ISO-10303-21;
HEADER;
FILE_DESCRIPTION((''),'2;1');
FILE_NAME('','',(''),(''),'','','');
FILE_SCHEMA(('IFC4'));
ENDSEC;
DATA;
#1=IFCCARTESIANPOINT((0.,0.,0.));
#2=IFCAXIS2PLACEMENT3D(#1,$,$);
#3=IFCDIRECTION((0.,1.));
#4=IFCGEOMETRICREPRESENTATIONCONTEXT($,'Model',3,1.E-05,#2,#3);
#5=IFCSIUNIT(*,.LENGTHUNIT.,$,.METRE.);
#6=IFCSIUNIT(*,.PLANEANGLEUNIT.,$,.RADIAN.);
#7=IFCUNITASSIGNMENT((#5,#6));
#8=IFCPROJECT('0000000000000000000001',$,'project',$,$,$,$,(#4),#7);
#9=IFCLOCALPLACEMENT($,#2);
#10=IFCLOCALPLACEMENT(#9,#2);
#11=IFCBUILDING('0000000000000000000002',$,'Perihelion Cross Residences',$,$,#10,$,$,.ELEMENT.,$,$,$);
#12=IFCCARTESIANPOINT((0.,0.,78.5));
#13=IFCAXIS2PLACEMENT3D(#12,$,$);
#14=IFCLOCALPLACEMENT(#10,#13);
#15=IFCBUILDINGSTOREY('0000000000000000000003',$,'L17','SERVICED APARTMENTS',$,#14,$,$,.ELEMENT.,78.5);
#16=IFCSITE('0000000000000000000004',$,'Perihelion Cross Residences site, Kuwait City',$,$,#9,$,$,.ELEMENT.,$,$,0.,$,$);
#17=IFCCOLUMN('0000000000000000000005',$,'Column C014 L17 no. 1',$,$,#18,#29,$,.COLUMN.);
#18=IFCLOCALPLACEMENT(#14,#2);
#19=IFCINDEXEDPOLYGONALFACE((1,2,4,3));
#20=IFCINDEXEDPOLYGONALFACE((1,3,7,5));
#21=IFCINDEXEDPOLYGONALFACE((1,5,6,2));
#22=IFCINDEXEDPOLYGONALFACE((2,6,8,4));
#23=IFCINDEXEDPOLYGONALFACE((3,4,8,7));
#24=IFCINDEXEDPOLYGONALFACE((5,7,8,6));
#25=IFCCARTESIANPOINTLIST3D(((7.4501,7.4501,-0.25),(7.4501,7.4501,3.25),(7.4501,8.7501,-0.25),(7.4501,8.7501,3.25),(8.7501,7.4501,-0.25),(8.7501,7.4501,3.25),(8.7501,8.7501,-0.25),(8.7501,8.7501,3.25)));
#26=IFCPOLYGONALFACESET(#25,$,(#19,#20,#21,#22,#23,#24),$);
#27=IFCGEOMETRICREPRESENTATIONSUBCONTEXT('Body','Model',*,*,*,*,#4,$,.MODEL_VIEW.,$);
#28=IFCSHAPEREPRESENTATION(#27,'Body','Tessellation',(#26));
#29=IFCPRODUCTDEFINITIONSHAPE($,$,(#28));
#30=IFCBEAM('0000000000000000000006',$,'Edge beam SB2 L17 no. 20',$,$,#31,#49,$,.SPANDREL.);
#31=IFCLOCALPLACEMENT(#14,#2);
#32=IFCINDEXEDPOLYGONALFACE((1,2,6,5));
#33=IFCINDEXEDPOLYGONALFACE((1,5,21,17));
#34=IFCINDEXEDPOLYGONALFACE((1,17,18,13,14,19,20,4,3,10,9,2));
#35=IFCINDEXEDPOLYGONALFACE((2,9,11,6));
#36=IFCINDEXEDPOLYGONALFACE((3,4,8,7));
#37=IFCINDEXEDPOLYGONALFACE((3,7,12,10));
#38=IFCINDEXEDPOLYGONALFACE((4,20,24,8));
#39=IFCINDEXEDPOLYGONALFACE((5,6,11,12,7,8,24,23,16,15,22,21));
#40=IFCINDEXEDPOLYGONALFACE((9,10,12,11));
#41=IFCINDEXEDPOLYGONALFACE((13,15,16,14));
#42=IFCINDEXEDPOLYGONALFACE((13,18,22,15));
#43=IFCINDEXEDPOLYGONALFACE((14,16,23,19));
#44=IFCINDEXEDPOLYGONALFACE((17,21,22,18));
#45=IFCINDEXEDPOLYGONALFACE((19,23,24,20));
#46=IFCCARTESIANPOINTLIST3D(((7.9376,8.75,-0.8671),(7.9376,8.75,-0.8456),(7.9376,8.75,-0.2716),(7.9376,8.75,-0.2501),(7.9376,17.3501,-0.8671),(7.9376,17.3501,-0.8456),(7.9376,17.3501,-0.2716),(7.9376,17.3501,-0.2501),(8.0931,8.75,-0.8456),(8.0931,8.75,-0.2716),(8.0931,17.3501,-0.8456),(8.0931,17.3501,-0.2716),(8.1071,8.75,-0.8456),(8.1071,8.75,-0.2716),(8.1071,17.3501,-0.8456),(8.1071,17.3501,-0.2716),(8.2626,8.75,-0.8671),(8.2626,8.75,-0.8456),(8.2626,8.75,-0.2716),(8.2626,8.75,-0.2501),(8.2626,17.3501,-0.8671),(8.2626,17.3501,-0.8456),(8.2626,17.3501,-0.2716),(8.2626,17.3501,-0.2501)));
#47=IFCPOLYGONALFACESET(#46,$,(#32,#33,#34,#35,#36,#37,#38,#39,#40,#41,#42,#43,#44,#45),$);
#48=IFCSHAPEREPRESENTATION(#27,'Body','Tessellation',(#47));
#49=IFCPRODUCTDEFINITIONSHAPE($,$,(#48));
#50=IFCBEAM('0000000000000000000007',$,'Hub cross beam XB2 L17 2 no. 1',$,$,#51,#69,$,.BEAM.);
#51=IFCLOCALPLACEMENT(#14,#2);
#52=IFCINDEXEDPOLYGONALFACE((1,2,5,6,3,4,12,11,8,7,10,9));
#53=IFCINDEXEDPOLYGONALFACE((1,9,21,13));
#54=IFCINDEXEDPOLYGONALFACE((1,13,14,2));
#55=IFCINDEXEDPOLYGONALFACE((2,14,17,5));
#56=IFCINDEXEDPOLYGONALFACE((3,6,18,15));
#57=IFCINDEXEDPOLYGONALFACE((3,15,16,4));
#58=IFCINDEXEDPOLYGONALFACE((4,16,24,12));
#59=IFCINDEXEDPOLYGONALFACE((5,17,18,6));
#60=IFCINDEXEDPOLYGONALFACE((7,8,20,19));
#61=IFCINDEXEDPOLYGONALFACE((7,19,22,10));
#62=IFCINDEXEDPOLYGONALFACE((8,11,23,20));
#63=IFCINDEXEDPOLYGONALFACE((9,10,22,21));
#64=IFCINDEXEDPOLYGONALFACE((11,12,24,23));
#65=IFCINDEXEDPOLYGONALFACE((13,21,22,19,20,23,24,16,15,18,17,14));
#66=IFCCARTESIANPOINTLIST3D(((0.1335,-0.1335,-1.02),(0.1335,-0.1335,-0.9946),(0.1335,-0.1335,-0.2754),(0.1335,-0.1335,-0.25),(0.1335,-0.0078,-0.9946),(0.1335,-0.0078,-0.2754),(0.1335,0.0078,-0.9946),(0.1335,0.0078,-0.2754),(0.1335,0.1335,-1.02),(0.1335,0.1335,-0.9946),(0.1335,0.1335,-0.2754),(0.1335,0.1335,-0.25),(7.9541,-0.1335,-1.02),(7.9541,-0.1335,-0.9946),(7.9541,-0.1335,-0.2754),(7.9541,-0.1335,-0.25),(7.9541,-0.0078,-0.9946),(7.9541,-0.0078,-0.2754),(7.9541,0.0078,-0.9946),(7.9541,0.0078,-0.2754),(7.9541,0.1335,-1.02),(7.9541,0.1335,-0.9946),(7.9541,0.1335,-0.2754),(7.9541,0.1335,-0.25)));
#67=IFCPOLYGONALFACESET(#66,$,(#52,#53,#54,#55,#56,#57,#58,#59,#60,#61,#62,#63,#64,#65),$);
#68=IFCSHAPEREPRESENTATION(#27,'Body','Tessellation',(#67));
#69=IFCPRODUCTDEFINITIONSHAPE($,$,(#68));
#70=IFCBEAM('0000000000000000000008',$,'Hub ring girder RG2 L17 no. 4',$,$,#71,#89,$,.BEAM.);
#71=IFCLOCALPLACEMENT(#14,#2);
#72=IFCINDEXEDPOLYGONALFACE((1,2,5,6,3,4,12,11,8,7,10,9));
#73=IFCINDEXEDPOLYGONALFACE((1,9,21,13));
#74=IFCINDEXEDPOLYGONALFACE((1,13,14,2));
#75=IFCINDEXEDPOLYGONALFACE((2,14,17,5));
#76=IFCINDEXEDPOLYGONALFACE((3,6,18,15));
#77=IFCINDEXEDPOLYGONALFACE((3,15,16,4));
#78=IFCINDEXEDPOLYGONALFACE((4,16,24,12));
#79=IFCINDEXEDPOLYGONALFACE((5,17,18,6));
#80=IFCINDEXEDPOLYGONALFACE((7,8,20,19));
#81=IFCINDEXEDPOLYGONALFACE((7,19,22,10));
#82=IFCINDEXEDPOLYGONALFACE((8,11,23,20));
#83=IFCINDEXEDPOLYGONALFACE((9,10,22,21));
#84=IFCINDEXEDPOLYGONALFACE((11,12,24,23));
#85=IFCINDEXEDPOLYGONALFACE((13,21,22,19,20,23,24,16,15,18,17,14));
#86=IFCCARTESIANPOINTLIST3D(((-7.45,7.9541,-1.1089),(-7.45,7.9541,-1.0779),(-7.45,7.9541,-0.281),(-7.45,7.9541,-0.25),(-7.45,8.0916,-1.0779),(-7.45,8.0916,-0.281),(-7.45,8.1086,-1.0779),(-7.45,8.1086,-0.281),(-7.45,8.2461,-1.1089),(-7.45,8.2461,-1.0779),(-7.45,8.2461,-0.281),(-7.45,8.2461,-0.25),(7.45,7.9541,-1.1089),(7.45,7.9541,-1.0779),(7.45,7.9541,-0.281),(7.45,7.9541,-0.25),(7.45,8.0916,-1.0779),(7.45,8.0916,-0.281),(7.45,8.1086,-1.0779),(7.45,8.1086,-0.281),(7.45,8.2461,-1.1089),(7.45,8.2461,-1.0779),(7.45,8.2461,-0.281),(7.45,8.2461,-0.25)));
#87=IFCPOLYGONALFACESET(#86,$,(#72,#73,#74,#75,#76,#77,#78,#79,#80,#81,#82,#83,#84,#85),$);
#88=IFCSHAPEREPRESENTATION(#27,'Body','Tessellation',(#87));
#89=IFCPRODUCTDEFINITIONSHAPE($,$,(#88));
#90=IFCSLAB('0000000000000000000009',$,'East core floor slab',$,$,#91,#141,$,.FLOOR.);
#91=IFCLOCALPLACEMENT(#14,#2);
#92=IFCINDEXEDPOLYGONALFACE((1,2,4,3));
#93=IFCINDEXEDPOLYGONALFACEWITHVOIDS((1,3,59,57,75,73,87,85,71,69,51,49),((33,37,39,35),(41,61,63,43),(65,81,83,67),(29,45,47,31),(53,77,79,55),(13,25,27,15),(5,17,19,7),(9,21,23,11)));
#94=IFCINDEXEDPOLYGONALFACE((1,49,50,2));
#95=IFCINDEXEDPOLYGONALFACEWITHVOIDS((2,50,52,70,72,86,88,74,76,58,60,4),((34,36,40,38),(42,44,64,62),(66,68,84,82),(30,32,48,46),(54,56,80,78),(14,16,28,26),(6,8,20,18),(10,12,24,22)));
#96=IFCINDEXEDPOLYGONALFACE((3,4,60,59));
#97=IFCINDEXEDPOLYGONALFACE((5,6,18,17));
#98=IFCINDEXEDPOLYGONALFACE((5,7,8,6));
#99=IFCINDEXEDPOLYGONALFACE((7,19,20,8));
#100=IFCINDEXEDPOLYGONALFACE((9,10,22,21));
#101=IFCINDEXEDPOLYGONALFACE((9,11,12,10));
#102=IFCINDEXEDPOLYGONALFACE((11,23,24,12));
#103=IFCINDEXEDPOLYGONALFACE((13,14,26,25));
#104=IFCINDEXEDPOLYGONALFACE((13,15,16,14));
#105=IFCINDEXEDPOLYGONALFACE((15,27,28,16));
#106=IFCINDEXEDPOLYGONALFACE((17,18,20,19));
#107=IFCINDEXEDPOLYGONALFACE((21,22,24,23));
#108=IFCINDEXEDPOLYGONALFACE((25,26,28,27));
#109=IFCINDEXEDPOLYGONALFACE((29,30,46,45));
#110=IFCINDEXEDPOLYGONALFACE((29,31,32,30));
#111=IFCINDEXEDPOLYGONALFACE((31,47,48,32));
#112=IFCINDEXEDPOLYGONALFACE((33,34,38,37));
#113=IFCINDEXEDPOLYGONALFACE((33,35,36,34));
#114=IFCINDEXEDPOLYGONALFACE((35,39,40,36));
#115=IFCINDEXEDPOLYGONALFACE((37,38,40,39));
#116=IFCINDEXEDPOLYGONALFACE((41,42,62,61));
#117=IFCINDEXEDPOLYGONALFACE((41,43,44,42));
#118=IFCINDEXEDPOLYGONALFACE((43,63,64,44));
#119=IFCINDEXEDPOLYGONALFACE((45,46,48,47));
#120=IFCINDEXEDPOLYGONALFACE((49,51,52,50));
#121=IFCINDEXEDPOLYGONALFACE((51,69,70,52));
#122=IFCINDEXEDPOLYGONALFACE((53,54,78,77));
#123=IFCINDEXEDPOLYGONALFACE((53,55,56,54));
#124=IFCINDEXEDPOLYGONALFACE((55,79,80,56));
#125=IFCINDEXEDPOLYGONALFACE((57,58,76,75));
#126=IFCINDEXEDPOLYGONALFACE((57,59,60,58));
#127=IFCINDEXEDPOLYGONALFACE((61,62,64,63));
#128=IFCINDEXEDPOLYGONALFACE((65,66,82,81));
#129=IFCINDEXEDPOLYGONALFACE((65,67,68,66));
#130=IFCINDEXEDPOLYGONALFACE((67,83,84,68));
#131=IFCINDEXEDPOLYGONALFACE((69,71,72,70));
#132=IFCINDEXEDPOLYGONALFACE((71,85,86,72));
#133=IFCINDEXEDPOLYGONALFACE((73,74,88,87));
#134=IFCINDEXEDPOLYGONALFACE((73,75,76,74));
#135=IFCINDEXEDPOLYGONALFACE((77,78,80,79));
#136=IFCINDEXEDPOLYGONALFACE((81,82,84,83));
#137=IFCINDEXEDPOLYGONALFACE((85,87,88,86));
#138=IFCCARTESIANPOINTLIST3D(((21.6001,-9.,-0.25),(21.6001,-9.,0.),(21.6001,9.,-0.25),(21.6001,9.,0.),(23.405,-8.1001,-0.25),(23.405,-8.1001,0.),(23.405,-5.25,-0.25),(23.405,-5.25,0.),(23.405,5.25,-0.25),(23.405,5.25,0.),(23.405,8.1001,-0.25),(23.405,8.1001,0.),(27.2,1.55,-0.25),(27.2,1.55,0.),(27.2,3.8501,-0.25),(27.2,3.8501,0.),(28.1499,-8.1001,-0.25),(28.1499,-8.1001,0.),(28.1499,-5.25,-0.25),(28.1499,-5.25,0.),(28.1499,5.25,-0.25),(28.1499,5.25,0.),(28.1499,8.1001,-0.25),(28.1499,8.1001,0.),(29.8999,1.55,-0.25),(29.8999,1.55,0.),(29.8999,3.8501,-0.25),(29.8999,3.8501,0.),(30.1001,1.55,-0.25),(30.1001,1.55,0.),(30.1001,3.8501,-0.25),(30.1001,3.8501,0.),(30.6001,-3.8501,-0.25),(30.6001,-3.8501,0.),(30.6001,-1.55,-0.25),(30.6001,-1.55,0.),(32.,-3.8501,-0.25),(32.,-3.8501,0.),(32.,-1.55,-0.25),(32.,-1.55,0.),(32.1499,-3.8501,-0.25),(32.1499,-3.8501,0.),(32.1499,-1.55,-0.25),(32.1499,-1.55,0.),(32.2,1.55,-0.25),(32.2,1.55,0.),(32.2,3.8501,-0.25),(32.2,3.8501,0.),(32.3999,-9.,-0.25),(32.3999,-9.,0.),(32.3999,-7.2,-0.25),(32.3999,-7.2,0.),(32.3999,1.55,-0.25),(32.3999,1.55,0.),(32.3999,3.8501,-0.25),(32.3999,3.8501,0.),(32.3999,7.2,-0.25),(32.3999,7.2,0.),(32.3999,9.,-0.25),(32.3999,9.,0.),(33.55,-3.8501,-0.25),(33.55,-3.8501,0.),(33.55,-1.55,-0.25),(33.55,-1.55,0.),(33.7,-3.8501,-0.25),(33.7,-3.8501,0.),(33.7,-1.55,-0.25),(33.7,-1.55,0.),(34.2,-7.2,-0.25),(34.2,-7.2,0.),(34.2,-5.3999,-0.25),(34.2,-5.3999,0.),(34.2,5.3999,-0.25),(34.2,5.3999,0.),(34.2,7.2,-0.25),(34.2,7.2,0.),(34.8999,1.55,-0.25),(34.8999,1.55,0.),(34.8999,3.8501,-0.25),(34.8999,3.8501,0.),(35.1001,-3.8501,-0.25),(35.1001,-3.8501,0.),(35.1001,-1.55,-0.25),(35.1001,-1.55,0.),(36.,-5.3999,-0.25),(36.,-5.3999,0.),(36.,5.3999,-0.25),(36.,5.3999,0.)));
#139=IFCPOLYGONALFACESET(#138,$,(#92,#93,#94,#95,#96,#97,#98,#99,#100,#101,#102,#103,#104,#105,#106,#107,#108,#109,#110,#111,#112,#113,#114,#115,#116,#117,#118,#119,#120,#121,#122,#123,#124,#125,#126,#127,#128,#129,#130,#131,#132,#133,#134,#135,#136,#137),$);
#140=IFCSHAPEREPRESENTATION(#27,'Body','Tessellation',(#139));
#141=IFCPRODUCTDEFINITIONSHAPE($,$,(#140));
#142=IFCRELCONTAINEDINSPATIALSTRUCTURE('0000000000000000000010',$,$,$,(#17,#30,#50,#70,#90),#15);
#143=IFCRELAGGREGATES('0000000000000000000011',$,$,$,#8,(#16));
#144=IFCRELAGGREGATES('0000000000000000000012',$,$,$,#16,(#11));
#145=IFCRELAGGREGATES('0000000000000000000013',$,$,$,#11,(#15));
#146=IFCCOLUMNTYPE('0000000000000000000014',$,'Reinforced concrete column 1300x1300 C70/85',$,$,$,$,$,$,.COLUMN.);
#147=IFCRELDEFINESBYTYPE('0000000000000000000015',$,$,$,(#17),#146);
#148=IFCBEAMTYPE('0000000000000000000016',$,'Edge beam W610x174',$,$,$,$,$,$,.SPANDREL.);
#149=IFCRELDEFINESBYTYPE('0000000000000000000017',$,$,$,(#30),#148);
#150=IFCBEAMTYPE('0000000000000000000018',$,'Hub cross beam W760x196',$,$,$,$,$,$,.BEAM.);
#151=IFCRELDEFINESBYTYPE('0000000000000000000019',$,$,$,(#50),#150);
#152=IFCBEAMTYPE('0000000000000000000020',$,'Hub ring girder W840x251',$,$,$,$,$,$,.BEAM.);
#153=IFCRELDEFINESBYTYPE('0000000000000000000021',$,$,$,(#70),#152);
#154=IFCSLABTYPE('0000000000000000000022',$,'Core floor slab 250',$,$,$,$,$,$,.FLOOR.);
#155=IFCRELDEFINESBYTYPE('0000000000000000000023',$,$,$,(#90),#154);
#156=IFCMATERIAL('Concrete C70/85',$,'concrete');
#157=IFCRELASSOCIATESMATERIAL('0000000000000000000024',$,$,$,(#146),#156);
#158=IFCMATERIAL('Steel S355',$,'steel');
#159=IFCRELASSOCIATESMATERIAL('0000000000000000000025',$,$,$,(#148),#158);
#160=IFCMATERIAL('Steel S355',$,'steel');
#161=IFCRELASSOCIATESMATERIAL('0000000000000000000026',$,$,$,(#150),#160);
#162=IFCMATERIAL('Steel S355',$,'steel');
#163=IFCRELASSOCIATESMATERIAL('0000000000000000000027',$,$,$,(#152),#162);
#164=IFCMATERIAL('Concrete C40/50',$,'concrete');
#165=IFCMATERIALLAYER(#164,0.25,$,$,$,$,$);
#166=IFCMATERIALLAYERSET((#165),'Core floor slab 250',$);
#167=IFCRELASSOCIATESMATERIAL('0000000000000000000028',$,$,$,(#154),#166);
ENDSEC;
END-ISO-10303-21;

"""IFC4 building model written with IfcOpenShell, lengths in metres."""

from ifc_helpers import new_model, si_unit, direction, frame, origin, origin_2d, place, context, subcontext, project, spatial, polyline, rectangle, i_section, outline, extrude, material, layer, layer_set, material_profile, profile_set, type_object, element, save


model = new_model("IFC4")

# Units and contexts
model_context = context("Model", 3, precision=1e-05, world=origin(), true_north=direction((0.0, 1.0)))
body_context = subcontext(model_context, "Body", "Model", "MODEL_VIEW")
ifc_project = project(units=[si_unit("LENGTHUNIT", "METRE"), si_unit("PLANEANGLEUNIT", "RADIAN")], contexts=[model_context])

# Site, building, storey
site_placement = place(None, origin())
site = spatial("IfcSite", under=ifc_project, at=site_placement, Name="Perihelion Cross Residences site, Kuwait City", CompositionType="ELEMENT", RefElevation=0.0)
building_placement = place(site_placement, origin())
building = spatial("IfcBuilding", under=site, at=building_placement, Name="Perihelion Cross Residences", CompositionType="ELEMENT")
storey_placement = place(building_placement, frame((0.0, 0.0, 78.5)))
storey = spatial("IfcBuildingStorey", under=building, at=storey_placement, Name="L17", Description="SERVICED APARTMENTS", CompositionType="ELEMENT", Elevation=78.5)

# Column
ifc_material_1 = material(Name="Concrete C70/85", Category="concrete")
ifc_material_profile_1 = material_profile(ifc_material_1, rectangle(XDim=1.3, YDim=1.3, at=origin_2d()), Name="RC 1300x1300")
ifc_profile_set_1 = profile_set([ifc_material_profile_1], Name="Concrete C70/85")
column_type = type_object("IfcColumnType", Name="Reinforced concrete column 1300x1300 C70/85", PredefinedType="COLUMN", material=ifc_profile_set_1)
column_placement = place(storey_placement, frame((8.1001, 8.1001, -0.25), z_axis=(0.0, 0.0, 1.0), x_axis=(1.0, 0.0, 0.0)))
element("IfcColumn", 1, at=column_placement, inside=storey, type_object=column_type, Name="Column C014 L17 no. 1", PredefinedType="COLUMN", context=body_context, shape_type="SweptSolid", body=[
    extrude(rectangle(XDim=1.3, YDim=1.3, at=origin_2d()), origin(), (0.0, 0.0, 1.0), 3.5),
])

# Beams
ifc_material_2 = material(Name="Steel S355", Category="steel")
ifc_material_profile_2 = material_profile(ifc_material_2, i_section(OverallWidth=0.325, OverallDepth=0.6169, WebThickness=0.0139, FlangeThickness=0.0215, at=origin_2d()), Name="W610x174")
ifc_profile_set_2 = profile_set([ifc_material_profile_2], Name="Steel S355")
beam_type_1 = type_object("IfcBeamType", Name="Edge beam W610x174", PredefinedType="SPANDREL", material=ifc_profile_set_2)
beam_1_placement = place(storey_placement, frame((8.1001, 8.75, -0.5586), z_axis=(0.0, 1.0, 0.0), x_axis=(-1.0, 0.0, 0.0)))
element("IfcBeam", 2, at=beam_1_placement, inside=storey, type_object=beam_type_1, Name="Edge beam SB2 L17 no. 20", PredefinedType="SPANDREL", context=body_context, shape_type="SweptSolid", body=[
    extrude(i_section(OverallWidth=0.325, OverallDepth=0.6169, WebThickness=0.0139, FlangeThickness=0.0215, at=origin_2d()), origin(), (0.0, 0.0, 1.0), 8.6001),
])
ifc_material_3 = material(Name="Steel S355", Category="steel")
ifc_material_profile_3 = material_profile(ifc_material_3, i_section(OverallWidth=0.2671, OverallDepth=0.77, WebThickness=0.0156, FlangeThickness=0.0254, at=origin_2d()), Name="W760x196")
ifc_profile_set_3 = profile_set([ifc_material_profile_3], Name="Steel S355")
beam_type_2 = type_object("IfcBeamType", Name="Hub cross beam W760x196", PredefinedType="BEAM", material=ifc_profile_set_3)
beam_2_placement = place(storey_placement, frame((0.1335, 0.0, -0.635), z_axis=(1.0, 0.0, 0.0), x_axis=(0.0, 1.0, 0.0)))
element("IfcBeam", 3, at=beam_2_placement, inside=storey, type_object=beam_type_2, Name="Hub cross beam XB2 L17 2 no. 1", PredefinedType="BEAM", context=body_context, shape_type="SweptSolid", body=[
    extrude(i_section(OverallWidth=0.2671, OverallDepth=0.77, WebThickness=0.0156, FlangeThickness=0.0254, at=origin_2d()), origin(), (0.0, 0.0, 1.0), 7.8206),
])
ifc_material_4 = material(Name="Steel S355", Category="steel")
ifc_material_profile_4 = material_profile(ifc_material_4, i_section(OverallWidth=0.292, OverallDepth=0.8589, WebThickness=0.0171, FlangeThickness=0.031, at=origin_2d()), Name="W840x251")
ifc_profile_set_4 = profile_set([ifc_material_profile_4], Name="Steel S355")
beam_type_3 = type_object("IfcBeamType", Name="Hub ring girder W840x251", PredefinedType="BEAM", material=ifc_profile_set_4)
beam_3_placement = place(storey_placement, frame((7.45, 8.1001, -0.6794), z_axis=(-1.0, 0.0, 0.0), x_axis=(0.0, -1.0, 0.0)))
element("IfcBeam", 4, at=beam_3_placement, inside=storey, type_object=beam_type_3, Name="Hub ring girder RG2 L17 no. 4", PredefinedType="BEAM", context=body_context, shape_type="SweptSolid", body=[
    extrude(i_section(OverallWidth=0.292, OverallDepth=0.8589, WebThickness=0.0171, FlangeThickness=0.031, at=origin_2d()), origin(), (0.0, 0.0, 1.0), 14.8999),
])

# Slab
ifc_material_5 = material(Name="Concrete C40/50", Category="concrete")
ifc_layer_1 = layer(ifc_material_5, 0.25)
ifc_layer_set_1 = layer_set([ifc_layer_1], Name="Core floor slab 250")
slab_type_1 = type_object("IfcSlabType", Name="Core floor slab 250", PredefinedType="FLOOR", material=ifc_layer_set_1)
slab_1_placement = place(storey_placement, frame((0.0, 0.0, -0.25)))
element("IfcSlab", 5, at=slab_1_placement, inside=storey, type_object=slab_type_1, Name="East core floor slab", PredefinedType="FLOOR", context=body_context, shape_type="SweptSolid", body=[
    extrude(outline(polyline([(32.3999, 7.2), (34.2, 7.2), (34.2, 5.3999), (36.0, 5.3999), (36.0, -5.3999), (34.2, -5.3999), (34.2, -7.2), (32.3999, -7.2), (32.3999, -9.0), (21.6001, -9.0), (21.6001, 9.0), (32.3999, 9.0), (32.3999, 7.2)]), holes=[polyline([(23.405, -8.1001), (28.1499, -8.1001), (28.1499, -5.25), (23.405, -5.25), (23.405, -8.1001)]), polyline([(30.6001, -1.55), (30.6001, -3.8501), (32.0, -3.8501), (32.0, -1.55), (30.6001, -1.55)]), polyline([(32.1499, -1.55), (32.1499, -3.8501), (33.55, -3.8501), (33.55, -1.55), (32.1499, -1.55)]), polyline([(33.7, -1.55), (33.7, -3.8501), (35.1001, -3.8501), (35.1001, -1.55), (33.7, -1.55)]), polyline([(27.2, 3.8501), (27.2, 1.55), (29.8999, 1.55), (29.8999, 3.8501), (27.2, 3.8501)]), polyline([(30.1001, 3.8501), (30.1001, 1.55), (32.2, 1.55), (32.2, 3.8501), (30.1001, 3.8501)]), polyline([(32.3999, 3.8501), (32.3999, 1.55), (34.8999, 1.55), (34.8999, 3.8501), (32.3999, 3.8501)]), polyline([(23.405, 5.25), (28.1499, 5.25), (28.1499, 8.1001), (23.405, 8.1001), (23.405, 5.25)])]), origin(), (0.0, 0.0, 1.0), 0.25),
])

save(model, "model.ifc")
